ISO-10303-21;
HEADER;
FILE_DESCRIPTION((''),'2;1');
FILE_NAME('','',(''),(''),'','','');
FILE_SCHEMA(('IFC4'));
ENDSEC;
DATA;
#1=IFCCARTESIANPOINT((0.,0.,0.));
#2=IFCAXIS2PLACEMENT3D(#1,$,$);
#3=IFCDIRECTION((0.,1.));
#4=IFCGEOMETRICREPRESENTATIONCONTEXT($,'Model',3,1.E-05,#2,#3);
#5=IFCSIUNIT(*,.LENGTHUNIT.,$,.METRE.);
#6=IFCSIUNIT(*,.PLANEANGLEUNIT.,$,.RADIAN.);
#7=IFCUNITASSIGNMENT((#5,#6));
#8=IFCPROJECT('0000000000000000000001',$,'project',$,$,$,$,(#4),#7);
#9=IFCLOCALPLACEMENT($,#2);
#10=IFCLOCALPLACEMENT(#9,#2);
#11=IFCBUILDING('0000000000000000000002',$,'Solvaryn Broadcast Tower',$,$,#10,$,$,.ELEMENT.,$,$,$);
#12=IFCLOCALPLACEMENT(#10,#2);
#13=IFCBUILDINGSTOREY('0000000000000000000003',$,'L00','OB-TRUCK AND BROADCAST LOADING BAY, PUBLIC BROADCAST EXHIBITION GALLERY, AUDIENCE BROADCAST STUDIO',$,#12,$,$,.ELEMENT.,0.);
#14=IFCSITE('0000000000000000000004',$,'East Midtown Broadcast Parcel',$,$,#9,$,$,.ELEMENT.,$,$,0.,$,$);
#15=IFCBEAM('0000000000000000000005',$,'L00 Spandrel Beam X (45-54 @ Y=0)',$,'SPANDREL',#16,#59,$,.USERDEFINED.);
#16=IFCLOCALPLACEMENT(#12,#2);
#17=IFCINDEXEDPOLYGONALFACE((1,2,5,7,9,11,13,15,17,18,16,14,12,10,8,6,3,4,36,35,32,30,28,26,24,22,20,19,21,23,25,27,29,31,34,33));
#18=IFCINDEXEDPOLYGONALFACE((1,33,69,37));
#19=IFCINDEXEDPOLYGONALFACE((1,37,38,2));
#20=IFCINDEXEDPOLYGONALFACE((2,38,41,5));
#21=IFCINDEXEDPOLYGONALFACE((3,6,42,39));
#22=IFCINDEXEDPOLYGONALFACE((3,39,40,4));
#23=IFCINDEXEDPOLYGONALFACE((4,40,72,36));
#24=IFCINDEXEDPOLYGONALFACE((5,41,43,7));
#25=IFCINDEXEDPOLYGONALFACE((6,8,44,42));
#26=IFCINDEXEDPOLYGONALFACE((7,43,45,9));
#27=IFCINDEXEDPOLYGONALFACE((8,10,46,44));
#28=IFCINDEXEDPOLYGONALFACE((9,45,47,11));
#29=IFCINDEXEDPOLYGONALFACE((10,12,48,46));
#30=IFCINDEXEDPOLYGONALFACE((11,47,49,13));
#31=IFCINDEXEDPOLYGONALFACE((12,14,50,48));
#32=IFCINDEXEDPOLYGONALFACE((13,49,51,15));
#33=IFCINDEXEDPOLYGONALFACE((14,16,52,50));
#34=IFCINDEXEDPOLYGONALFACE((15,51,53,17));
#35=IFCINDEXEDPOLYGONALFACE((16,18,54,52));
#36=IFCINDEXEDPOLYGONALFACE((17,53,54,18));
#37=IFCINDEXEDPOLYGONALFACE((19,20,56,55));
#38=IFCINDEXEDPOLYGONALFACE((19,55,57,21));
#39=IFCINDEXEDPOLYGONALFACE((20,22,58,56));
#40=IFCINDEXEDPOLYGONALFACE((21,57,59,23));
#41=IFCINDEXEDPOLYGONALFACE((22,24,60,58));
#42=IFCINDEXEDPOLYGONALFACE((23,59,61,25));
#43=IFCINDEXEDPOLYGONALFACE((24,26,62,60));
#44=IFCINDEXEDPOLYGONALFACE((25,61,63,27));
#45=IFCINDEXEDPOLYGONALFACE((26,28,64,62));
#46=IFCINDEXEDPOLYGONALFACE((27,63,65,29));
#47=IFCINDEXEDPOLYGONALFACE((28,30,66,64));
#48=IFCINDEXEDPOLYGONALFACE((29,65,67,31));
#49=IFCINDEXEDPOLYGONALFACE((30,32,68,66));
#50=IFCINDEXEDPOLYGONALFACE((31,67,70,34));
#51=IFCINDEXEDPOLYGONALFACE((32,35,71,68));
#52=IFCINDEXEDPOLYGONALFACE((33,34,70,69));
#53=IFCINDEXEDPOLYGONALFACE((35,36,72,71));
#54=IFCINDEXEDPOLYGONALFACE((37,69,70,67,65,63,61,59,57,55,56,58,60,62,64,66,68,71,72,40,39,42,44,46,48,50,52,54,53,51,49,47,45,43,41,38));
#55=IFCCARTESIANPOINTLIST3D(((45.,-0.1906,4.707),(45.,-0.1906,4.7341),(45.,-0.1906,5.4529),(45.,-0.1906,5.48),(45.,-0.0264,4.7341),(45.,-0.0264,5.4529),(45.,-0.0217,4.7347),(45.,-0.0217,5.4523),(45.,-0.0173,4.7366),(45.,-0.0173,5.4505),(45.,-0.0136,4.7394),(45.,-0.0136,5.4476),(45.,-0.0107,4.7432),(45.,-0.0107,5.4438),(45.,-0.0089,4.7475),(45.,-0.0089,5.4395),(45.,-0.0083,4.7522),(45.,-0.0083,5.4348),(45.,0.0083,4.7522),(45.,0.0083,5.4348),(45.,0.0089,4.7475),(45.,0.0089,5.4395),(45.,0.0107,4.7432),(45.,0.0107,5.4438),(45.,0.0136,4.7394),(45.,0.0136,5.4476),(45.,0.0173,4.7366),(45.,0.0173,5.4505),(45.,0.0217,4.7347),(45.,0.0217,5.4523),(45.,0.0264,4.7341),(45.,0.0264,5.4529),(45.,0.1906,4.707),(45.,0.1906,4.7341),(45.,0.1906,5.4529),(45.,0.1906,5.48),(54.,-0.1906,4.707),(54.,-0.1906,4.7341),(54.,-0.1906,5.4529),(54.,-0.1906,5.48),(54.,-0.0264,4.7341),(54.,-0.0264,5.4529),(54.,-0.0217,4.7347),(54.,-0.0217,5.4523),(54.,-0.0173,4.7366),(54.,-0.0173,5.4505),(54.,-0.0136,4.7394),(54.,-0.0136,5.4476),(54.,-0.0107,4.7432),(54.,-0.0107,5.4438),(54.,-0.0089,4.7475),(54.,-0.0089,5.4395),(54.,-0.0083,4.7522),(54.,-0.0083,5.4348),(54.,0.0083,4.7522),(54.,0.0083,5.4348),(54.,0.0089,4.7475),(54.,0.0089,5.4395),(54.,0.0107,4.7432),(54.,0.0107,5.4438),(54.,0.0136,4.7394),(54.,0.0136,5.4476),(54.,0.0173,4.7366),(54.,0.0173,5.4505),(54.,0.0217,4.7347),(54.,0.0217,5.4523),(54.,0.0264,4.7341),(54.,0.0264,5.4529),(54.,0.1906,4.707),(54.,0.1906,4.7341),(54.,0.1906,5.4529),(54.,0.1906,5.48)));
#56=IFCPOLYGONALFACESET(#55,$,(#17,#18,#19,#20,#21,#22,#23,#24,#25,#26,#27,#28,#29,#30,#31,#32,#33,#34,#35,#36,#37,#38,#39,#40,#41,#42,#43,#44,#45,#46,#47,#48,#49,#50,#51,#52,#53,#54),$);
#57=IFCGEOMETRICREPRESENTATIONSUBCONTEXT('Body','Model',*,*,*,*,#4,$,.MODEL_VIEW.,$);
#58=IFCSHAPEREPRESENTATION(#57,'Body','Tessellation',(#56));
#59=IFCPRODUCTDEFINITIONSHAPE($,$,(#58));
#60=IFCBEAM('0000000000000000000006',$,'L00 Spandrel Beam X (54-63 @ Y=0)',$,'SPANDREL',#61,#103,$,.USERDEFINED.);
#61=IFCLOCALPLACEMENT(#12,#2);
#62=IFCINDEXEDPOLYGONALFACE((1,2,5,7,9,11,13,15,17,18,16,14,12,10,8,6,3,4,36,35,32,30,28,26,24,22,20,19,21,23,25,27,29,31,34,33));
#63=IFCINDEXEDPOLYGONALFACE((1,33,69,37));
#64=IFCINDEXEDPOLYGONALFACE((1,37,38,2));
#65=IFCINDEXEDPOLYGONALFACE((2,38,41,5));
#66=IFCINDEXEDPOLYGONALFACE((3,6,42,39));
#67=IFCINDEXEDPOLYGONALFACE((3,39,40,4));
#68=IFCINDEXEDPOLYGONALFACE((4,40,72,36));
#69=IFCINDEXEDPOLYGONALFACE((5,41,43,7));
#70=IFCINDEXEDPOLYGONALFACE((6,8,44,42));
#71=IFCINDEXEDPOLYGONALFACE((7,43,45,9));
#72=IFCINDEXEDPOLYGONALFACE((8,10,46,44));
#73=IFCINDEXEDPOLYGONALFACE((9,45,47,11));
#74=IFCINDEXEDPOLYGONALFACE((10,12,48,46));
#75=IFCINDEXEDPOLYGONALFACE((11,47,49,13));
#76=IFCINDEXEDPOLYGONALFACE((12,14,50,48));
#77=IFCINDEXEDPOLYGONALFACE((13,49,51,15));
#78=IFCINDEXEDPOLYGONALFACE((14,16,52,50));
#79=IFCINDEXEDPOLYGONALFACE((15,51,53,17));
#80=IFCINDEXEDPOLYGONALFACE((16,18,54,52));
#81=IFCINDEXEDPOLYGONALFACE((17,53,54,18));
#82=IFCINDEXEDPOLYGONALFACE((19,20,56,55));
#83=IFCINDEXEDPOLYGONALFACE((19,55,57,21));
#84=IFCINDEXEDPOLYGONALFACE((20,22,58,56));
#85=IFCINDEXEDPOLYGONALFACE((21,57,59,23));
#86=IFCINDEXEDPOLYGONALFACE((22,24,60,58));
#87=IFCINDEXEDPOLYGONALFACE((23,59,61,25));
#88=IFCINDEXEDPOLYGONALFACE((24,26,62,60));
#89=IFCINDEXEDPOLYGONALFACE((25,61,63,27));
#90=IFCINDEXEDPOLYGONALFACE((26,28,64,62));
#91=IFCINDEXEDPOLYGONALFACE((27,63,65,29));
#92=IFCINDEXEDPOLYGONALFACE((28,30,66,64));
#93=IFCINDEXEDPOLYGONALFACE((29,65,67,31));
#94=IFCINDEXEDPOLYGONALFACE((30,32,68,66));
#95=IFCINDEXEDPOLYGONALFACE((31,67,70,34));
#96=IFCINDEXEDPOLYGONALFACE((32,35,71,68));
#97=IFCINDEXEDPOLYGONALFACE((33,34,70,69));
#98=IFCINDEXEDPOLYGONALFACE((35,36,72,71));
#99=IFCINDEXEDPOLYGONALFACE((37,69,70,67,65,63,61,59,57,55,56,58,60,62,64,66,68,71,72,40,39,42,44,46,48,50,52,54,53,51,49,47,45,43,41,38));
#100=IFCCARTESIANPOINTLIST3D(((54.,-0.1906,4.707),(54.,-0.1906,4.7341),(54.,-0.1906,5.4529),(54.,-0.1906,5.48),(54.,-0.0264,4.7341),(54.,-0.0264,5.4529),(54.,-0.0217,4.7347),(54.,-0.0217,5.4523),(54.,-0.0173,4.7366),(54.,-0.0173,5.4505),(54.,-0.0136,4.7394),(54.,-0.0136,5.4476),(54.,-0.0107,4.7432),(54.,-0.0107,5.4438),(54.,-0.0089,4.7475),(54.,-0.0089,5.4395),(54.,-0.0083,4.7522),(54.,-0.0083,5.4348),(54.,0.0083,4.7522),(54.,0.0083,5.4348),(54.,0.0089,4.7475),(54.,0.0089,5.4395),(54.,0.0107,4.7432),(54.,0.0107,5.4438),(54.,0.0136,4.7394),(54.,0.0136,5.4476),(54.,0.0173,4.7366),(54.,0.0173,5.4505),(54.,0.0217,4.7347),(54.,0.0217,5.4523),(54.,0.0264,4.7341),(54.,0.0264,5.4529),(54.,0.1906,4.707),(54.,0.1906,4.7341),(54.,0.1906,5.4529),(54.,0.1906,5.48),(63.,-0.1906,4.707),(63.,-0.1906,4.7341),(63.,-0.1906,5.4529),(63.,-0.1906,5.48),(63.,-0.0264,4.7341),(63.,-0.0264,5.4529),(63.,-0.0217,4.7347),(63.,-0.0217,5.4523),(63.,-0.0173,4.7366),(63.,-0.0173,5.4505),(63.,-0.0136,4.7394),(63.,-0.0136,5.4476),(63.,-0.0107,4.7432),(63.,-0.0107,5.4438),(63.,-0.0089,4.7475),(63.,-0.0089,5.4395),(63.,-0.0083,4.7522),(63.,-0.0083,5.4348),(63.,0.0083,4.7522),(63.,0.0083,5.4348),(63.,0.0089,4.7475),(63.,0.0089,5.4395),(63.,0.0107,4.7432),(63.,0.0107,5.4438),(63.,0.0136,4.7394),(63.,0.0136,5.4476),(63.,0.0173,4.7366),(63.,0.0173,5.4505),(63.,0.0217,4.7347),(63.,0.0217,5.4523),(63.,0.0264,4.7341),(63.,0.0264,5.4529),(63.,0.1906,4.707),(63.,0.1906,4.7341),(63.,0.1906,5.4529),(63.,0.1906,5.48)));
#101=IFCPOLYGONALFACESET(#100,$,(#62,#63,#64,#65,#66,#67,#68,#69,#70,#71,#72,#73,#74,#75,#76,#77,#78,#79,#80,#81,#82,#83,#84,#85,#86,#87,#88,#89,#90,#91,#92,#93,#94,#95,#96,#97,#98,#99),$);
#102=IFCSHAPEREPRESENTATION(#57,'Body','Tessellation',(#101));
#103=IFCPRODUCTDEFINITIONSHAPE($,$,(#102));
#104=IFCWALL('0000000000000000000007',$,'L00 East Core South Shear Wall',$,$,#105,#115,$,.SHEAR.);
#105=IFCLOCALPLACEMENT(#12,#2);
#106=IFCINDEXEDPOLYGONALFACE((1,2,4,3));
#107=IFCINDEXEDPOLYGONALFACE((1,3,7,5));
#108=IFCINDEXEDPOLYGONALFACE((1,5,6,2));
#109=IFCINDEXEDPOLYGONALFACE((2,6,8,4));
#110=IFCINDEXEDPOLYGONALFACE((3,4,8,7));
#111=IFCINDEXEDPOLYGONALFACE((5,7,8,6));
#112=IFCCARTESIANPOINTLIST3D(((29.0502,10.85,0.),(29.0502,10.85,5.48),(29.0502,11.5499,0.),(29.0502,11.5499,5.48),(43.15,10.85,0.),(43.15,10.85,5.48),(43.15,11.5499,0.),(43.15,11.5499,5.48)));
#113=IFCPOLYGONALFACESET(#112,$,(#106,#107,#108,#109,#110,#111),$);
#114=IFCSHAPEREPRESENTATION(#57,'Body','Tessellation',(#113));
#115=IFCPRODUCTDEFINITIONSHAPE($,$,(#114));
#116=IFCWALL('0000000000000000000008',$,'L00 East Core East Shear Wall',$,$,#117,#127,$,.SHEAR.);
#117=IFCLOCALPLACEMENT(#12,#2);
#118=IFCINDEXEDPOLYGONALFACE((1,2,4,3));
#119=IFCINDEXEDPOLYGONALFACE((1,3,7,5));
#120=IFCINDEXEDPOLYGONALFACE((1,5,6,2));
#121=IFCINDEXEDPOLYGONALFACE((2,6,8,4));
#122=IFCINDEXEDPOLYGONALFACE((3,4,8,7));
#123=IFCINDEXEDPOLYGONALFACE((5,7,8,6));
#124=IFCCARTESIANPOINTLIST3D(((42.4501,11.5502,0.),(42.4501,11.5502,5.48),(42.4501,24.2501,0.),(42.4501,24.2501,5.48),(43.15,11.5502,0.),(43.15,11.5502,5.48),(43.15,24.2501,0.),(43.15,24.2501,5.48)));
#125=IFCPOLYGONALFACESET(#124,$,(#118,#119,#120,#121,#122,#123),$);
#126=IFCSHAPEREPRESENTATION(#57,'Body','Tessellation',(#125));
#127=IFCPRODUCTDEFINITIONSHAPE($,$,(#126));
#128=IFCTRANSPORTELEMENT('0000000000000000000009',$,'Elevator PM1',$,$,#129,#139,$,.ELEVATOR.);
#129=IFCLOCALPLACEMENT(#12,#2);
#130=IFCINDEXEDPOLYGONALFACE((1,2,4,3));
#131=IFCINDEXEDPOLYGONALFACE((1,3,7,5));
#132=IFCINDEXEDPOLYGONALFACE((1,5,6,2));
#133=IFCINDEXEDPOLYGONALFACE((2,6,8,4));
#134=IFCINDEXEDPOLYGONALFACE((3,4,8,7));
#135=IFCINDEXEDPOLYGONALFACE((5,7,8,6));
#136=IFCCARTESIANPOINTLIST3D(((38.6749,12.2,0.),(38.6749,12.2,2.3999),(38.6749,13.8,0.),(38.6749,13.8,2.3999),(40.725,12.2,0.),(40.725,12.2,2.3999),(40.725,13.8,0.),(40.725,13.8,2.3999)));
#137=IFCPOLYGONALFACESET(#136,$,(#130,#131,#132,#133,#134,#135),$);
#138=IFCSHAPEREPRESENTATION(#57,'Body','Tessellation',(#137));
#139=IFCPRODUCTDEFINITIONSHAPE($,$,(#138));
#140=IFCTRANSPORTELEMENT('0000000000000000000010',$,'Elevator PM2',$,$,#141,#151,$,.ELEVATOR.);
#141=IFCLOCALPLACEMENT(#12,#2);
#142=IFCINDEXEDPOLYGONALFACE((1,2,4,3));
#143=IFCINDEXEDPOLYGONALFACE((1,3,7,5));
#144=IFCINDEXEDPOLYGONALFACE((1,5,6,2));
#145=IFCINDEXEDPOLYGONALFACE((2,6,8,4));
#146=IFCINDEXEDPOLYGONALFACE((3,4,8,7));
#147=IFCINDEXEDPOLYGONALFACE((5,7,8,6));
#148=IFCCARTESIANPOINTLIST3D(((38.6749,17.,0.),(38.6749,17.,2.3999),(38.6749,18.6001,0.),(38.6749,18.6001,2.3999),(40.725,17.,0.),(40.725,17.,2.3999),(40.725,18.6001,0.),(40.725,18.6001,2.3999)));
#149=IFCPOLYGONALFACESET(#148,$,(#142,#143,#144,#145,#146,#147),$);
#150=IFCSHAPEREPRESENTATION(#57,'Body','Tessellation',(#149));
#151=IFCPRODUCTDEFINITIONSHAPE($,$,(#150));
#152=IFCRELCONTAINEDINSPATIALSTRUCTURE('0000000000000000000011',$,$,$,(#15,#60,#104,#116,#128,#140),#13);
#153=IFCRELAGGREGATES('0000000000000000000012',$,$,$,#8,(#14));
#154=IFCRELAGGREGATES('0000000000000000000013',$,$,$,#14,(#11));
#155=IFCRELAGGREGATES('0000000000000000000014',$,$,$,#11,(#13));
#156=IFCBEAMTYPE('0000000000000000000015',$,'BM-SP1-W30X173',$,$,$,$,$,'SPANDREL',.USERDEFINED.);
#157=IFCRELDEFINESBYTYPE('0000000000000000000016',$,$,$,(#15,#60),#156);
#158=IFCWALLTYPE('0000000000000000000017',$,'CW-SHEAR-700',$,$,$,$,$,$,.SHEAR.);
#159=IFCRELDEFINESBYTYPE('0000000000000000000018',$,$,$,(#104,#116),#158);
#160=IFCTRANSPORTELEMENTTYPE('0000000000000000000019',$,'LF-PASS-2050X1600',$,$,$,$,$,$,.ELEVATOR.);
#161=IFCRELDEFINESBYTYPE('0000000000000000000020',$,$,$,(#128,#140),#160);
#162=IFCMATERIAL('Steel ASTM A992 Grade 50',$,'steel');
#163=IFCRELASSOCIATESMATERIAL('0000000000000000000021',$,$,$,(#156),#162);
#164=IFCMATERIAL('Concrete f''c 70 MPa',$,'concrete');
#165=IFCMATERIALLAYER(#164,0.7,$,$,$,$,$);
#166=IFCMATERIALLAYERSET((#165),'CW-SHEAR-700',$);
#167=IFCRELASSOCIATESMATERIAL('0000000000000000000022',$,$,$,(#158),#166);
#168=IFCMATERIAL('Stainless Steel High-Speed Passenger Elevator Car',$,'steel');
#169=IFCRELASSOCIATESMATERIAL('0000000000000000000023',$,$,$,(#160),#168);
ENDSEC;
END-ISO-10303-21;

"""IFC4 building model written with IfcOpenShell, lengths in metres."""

from ifc_helpers import new_model, si_unit, direction, frame, frame_2d, origin, origin_2d, place, context, subcontext, project, spatial, rectangle, i_section, extrude, material, layer, layer_set, material_profile, profile_set, type_object, element, save


model = new_model("IFC4")

# Units and contexts
model_context = context("Model", 3, precision=1e-05, world=origin(), true_north=direction((0.0, 1.0)))
body_context = subcontext(model_context, "Body", "Model", "MODEL_VIEW")
ifc_project = project(units=[si_unit("LENGTHUNIT", "METRE"), si_unit("PLANEANGLEUNIT", "RADIAN")], contexts=[model_context])

# Site, building, storey
site_placement = place(None, origin())
site = spatial("IfcSite", under=ifc_project, at=site_placement, Name="East Midtown Broadcast Parcel", CompositionType="ELEMENT", RefElevation=0.0)
building_placement = place(site_placement, origin())
building = spatial("IfcBuilding", under=site, at=building_placement, Name="Solvaryn Broadcast Tower", CompositionType="ELEMENT")
storey_placement = place(building_placement, origin())
storey = spatial("IfcBuildingStorey", under=building, at=storey_placement, Name="L00", Description="OB-TRUCK AND BROADCAST LOADING BAY, PUBLIC BROADCAST EXHIBITION GALLERY, AUDIENCE BROADCAST STUDIO", CompositionType="ELEMENT", Elevation=0.0)

# Beams
ifc_material_1 = material(Name="Steel ASTM A992 Grade 50", Category="steel")
ifc_material_profile_1 = material_profile(ifc_material_1, i_section(OverallWidth=0.3811, OverallDepth=0.7729, WebThickness=0.0166, FlangeThickness=0.0271, FilletRadius=0.0181, at=origin_2d()))
ifc_profile_set_1 = profile_set([ifc_material_profile_1], Name="Steel ASTM A992 Grade 50")
beam_type_1 = type_object("IfcBeamType", Name="BM-SP1-W30X173", ElementType="SPANDREL", PredefinedType="USERDEFINED", material=ifc_profile_set_1)
for number, where, z_axis, x_axis, name in (
    (1, (45.0, 0.0, 5.0935), (1.0, 0.0, 0.0), (0.0, 1.0, 0.0), "L00 Spandrel Beam X (45-54 @ Y=0)"),
    (2, (54.0, 0.0, 5.0935), (1.0, 0.0, 0.0), (0.0, 1.0, 0.0), "L00 Spandrel Beam X (54-63 @ Y=0)"),
):
    element("IfcBeam", number, at=place(storey_placement, frame(where, z_axis=z_axis, x_axis=x_axis)), inside=storey, type_object=beam_type_1, Name=name, ObjectType="SPANDREL", PredefinedType="USERDEFINED", context=body_context, shape_type="SweptSolid", body=[
        extrude(i_section(OverallWidth=0.3811, OverallDepth=0.7729, WebThickness=0.0166, FlangeThickness=0.0271, FilletRadius=0.0181, at=origin_2d()), origin(), (0.0, 0.0, 1.0), 9.0),
    ])

# Walls
ifc_material_2 = material(Name="Concrete f'c 70 MPa", Category="concrete")
ifc_layer_1 = layer(ifc_material_2, 0.7)
ifc_layer_set_1 = layer_set([ifc_layer_1], Name="CW-SHEAR-700")
wall_type_1 = type_object("IfcWallType", Name="CW-SHEAR-700", PredefinedType="SHEAR", material=ifc_layer_set_1)
wall_1_placement = place(storey_placement, frame((43.1499, 11.2, 0.0), z_axis=(0.0, 0.0, 1.0), x_axis=(-1.0, 0.0, 0.0)))
element("IfcWall", 3, at=wall_1_placement, inside=storey, type_object=wall_type_1, Name="L00 East Core South Shear Wall", PredefinedType="SHEAR", context=body_context, shape_type="SweptSolid", body=[
    extrude(rectangle(XDim=14.0999, YDim=0.7, at=frame_2d((7.0498, 0.0))), origin(), (0.0, 0.0, 1.0), 5.48),
])
wall_2_placement = place(storey_placement, frame((42.8, 11.55, 0.0), z_axis=(0.0, 0.0, 1.0), x_axis=(0.0, 1.0, 0.0)))
element("IfcWall", 4, at=wall_2_placement, inside=storey, type_object=wall_type_1, Name="L00 East Core East Shear Wall", PredefinedType="SHEAR", context=body_context, shape_type="SweptSolid", body=[
    extrude(rectangle(XDim=12.7, YDim=0.7, at=frame_2d((6.3501, 0.0))), origin(), (0.0, 0.0, 1.0), 5.48),
])

# Transport elements
ifc_material_3 = material(Name="Stainless Steel High-Speed Passenger Elevator Car", Category="steel")
transport_element_type = type_object("IfcTransportElementType", Name="LF-PASS-2050X1600", PredefinedType="ELEVATOR", material=ifc_material_3)
for number, where, z_axis, x_axis, name in (
    (5, (39.7, 13.0, 0.0), (0.0, 0.0, 1.0), (1.0, 0.0, 0.0), "Elevator PM1"),
    (6, (39.7, 17.8, 0.0), (0.0, 0.0, 1.0), (1.0, 0.0, 0.0), "Elevator PM2"),
):
    element("IfcTransportElement", number, at=place(storey_placement, frame(where, z_axis=z_axis, x_axis=x_axis)), inside=storey, type_object=transport_element_type, Name=name, PredefinedType="ELEVATOR", context=body_context, shape_type="SweptSolid", body=[
        extrude(rectangle(XDim=2.05, YDim=1.6001, at=origin_2d()), origin(), (0.0, 0.0, 1.0), 2.3999),
    ])

save(model, "model.ifc")
